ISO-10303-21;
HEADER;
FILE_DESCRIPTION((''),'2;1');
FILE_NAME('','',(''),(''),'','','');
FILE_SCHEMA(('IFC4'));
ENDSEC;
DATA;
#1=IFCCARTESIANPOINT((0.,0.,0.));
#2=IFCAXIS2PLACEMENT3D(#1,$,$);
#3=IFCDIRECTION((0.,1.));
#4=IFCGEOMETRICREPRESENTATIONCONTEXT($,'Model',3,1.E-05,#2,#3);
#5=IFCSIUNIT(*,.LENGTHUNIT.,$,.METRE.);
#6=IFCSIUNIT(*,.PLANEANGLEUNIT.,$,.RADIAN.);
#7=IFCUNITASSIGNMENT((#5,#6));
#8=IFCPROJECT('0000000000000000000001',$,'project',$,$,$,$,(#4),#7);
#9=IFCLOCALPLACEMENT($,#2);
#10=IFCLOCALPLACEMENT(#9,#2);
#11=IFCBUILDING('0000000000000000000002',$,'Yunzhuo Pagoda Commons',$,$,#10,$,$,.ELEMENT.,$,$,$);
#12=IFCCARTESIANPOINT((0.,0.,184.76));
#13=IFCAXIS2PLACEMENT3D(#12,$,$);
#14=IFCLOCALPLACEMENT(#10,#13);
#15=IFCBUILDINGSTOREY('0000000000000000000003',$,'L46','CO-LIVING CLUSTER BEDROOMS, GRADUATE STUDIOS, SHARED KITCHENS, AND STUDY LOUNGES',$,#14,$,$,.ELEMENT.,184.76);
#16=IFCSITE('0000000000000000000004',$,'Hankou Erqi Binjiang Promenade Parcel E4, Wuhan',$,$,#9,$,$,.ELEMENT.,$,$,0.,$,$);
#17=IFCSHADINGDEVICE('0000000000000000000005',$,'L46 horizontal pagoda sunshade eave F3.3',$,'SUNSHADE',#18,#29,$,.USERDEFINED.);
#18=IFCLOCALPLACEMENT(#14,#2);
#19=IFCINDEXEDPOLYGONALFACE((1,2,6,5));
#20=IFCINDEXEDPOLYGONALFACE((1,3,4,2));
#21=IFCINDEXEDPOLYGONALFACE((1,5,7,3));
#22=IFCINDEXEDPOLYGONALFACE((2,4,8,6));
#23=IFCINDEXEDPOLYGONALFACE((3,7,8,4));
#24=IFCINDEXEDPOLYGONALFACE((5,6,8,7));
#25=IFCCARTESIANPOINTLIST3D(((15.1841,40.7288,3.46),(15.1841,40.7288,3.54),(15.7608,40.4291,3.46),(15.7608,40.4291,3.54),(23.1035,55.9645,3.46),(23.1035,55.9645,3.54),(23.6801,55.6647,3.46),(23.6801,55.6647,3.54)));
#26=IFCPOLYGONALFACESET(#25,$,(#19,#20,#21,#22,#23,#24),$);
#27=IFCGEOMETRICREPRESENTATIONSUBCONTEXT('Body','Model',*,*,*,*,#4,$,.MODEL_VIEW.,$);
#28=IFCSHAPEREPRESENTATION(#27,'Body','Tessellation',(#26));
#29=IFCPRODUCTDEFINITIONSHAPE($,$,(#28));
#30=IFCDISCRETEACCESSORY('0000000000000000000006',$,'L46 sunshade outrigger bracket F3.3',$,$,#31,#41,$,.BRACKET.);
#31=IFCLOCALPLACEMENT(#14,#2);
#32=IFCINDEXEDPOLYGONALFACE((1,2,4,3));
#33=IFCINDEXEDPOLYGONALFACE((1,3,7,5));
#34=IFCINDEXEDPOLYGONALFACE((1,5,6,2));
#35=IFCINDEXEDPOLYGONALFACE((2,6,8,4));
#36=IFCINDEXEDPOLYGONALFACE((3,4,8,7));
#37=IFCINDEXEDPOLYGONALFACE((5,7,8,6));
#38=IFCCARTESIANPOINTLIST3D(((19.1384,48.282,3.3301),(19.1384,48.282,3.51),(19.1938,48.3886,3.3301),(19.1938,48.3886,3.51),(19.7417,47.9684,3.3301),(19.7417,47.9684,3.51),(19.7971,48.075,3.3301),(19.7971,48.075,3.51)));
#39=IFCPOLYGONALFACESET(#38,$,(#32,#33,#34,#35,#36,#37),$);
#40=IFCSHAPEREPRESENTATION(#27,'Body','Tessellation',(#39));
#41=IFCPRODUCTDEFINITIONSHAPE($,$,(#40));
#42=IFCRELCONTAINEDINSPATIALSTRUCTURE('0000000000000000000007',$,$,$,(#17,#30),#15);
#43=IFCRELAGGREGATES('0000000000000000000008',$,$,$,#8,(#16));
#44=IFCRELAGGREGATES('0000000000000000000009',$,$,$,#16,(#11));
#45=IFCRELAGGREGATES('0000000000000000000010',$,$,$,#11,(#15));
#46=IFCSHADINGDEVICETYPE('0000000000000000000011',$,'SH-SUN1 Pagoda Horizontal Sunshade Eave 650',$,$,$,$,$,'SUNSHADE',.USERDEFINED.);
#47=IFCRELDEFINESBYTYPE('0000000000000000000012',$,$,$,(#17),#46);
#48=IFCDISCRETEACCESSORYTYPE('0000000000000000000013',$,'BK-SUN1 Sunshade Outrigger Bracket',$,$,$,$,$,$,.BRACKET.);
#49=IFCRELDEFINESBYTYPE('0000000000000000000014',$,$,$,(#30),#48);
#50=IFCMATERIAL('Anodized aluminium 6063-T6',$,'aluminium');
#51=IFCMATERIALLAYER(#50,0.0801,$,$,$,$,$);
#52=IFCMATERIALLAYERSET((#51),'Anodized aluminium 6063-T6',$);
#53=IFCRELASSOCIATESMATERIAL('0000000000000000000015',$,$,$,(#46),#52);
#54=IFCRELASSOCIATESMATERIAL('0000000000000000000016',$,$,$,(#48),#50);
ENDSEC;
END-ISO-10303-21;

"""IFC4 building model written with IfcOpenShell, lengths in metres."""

from ifc_helpers import new_model, si_unit, direction, frame, origin, origin_2d, place, context, subcontext, project, spatial, rectangle, extrude, source, transform, mapped, material, layer, layer_set, type_object, element, save


model = new_model("IFC4")

# Units and contexts
model_context = context("Model", 3, precision=1e-05, world=origin(), true_north=direction((0.0, 1.0)))
body_context = subcontext(model_context, "Body", "Model", "MODEL_VIEW")
ifc_project = project(units=[si_unit("LENGTHUNIT", "METRE"), si_unit("PLANEANGLEUNIT", "RADIAN")], contexts=[model_context])

# Site, building, storey
site_placement = place(None, origin())
site = spatial("IfcSite", under=ifc_project, at=site_placement, Name="Hankou Erqi Binjiang Promenade Parcel E4, Wuhan", CompositionType="ELEMENT", RefElevation=0.0)
building_placement = place(site_placement, origin())
building = spatial("IfcBuilding", under=site, at=building_placement, Name="Yunzhuo Pagoda Commons", CompositionType="ELEMENT")
storey_placement = place(building_placement, frame((0.0, 0.0, 184.76)))
storey = spatial("IfcBuildingStorey", under=building, at=storey_placement, Name="L46", Description="CO-LIVING CLUSTER BEDROOMS, GRADUATE STUDIOS, SHARED KITCHENS, AND STUDY LOUNGES", CompositionType="ELEMENT", Elevation=184.76)

# Shared definitions
ifc_material_1 = material(Name="Anodized aluminium 6063-T6", Category="aluminium")

# Shading device
ifc_layer_1 = layer(ifc_material_1, 0.0801)
ifc_layer_set_1 = layer_set([ifc_layer_1], Name="Anodized aluminium 6063-T6")
shading_device_type = type_object("IfcShadingDeviceType", Name="SH-SUN1 Pagoda Horizontal Sunshade Eave 650", ElementType="SUNSHADE", PredefinedType="USERDEFINED", material=ifc_layer_set_1)
shared_shape_1 = source(origin(), body_context, "Body", "SweptSolid", [
    extrude(rectangle(XDim=17.1709, YDim=0.6499, at=origin_2d()), origin(), (0.0, 0.0, 1.0), 0.0801),
])
shading_device_placement = place(storey_placement, frame((19.4321, 48.1968, 3.46), z_axis=(0.0, 0.0, 1.0), x_axis=(-0.461207, -0.887293, 0.0)))
element("IfcShadingDevice", 1, at=shading_device_placement, inside=storey, type_object=shading_device_type, Name="L46 horizontal pagoda sunshade eave F3.3", ObjectType="SUNSHADE", PredefinedType="USERDEFINED", context=body_context, shape_type="MappedRepresentation", body=[
    mapped(shared_shape_1, transform((0.0, 0.0, 0.0), scale=1.0)),
])

# Discrete accessory
discrete_accessory_type = type_object("IfcDiscreteAccessoryType", Name="BK-SUN1 Sunshade Outrigger Bracket", PredefinedType="BRACKET", material=ifc_material_1)
shared_shape_2 = source(origin(), body_context, "Body", "SweptSolid", [
    extrude(rectangle(XDim=0.1201, YDim=0.6799, at=origin_2d()), origin(), (0.0, 0.0, 1.0), 0.1799),
])
discrete_accessory_placement = place(storey_placement, frame((19.4678, 48.1785, 3.3301), z_axis=(0.0, 0.0, 1.0), x_axis=(-0.461207, -0.887293, 0.0)))
element("IfcDiscreteAccessory", 2, at=discrete_accessory_placement, inside=storey, type_object=discrete_accessory_type, Name="L46 sunshade outrigger bracket F3.3", PredefinedType="BRACKET", context=body_context, shape_type="MappedRepresentation", body=[
    mapped(shared_shape_2, transform((0.0, 0.0, 0.0), scale=1.0)),
])

save(model, "model.ifc")
